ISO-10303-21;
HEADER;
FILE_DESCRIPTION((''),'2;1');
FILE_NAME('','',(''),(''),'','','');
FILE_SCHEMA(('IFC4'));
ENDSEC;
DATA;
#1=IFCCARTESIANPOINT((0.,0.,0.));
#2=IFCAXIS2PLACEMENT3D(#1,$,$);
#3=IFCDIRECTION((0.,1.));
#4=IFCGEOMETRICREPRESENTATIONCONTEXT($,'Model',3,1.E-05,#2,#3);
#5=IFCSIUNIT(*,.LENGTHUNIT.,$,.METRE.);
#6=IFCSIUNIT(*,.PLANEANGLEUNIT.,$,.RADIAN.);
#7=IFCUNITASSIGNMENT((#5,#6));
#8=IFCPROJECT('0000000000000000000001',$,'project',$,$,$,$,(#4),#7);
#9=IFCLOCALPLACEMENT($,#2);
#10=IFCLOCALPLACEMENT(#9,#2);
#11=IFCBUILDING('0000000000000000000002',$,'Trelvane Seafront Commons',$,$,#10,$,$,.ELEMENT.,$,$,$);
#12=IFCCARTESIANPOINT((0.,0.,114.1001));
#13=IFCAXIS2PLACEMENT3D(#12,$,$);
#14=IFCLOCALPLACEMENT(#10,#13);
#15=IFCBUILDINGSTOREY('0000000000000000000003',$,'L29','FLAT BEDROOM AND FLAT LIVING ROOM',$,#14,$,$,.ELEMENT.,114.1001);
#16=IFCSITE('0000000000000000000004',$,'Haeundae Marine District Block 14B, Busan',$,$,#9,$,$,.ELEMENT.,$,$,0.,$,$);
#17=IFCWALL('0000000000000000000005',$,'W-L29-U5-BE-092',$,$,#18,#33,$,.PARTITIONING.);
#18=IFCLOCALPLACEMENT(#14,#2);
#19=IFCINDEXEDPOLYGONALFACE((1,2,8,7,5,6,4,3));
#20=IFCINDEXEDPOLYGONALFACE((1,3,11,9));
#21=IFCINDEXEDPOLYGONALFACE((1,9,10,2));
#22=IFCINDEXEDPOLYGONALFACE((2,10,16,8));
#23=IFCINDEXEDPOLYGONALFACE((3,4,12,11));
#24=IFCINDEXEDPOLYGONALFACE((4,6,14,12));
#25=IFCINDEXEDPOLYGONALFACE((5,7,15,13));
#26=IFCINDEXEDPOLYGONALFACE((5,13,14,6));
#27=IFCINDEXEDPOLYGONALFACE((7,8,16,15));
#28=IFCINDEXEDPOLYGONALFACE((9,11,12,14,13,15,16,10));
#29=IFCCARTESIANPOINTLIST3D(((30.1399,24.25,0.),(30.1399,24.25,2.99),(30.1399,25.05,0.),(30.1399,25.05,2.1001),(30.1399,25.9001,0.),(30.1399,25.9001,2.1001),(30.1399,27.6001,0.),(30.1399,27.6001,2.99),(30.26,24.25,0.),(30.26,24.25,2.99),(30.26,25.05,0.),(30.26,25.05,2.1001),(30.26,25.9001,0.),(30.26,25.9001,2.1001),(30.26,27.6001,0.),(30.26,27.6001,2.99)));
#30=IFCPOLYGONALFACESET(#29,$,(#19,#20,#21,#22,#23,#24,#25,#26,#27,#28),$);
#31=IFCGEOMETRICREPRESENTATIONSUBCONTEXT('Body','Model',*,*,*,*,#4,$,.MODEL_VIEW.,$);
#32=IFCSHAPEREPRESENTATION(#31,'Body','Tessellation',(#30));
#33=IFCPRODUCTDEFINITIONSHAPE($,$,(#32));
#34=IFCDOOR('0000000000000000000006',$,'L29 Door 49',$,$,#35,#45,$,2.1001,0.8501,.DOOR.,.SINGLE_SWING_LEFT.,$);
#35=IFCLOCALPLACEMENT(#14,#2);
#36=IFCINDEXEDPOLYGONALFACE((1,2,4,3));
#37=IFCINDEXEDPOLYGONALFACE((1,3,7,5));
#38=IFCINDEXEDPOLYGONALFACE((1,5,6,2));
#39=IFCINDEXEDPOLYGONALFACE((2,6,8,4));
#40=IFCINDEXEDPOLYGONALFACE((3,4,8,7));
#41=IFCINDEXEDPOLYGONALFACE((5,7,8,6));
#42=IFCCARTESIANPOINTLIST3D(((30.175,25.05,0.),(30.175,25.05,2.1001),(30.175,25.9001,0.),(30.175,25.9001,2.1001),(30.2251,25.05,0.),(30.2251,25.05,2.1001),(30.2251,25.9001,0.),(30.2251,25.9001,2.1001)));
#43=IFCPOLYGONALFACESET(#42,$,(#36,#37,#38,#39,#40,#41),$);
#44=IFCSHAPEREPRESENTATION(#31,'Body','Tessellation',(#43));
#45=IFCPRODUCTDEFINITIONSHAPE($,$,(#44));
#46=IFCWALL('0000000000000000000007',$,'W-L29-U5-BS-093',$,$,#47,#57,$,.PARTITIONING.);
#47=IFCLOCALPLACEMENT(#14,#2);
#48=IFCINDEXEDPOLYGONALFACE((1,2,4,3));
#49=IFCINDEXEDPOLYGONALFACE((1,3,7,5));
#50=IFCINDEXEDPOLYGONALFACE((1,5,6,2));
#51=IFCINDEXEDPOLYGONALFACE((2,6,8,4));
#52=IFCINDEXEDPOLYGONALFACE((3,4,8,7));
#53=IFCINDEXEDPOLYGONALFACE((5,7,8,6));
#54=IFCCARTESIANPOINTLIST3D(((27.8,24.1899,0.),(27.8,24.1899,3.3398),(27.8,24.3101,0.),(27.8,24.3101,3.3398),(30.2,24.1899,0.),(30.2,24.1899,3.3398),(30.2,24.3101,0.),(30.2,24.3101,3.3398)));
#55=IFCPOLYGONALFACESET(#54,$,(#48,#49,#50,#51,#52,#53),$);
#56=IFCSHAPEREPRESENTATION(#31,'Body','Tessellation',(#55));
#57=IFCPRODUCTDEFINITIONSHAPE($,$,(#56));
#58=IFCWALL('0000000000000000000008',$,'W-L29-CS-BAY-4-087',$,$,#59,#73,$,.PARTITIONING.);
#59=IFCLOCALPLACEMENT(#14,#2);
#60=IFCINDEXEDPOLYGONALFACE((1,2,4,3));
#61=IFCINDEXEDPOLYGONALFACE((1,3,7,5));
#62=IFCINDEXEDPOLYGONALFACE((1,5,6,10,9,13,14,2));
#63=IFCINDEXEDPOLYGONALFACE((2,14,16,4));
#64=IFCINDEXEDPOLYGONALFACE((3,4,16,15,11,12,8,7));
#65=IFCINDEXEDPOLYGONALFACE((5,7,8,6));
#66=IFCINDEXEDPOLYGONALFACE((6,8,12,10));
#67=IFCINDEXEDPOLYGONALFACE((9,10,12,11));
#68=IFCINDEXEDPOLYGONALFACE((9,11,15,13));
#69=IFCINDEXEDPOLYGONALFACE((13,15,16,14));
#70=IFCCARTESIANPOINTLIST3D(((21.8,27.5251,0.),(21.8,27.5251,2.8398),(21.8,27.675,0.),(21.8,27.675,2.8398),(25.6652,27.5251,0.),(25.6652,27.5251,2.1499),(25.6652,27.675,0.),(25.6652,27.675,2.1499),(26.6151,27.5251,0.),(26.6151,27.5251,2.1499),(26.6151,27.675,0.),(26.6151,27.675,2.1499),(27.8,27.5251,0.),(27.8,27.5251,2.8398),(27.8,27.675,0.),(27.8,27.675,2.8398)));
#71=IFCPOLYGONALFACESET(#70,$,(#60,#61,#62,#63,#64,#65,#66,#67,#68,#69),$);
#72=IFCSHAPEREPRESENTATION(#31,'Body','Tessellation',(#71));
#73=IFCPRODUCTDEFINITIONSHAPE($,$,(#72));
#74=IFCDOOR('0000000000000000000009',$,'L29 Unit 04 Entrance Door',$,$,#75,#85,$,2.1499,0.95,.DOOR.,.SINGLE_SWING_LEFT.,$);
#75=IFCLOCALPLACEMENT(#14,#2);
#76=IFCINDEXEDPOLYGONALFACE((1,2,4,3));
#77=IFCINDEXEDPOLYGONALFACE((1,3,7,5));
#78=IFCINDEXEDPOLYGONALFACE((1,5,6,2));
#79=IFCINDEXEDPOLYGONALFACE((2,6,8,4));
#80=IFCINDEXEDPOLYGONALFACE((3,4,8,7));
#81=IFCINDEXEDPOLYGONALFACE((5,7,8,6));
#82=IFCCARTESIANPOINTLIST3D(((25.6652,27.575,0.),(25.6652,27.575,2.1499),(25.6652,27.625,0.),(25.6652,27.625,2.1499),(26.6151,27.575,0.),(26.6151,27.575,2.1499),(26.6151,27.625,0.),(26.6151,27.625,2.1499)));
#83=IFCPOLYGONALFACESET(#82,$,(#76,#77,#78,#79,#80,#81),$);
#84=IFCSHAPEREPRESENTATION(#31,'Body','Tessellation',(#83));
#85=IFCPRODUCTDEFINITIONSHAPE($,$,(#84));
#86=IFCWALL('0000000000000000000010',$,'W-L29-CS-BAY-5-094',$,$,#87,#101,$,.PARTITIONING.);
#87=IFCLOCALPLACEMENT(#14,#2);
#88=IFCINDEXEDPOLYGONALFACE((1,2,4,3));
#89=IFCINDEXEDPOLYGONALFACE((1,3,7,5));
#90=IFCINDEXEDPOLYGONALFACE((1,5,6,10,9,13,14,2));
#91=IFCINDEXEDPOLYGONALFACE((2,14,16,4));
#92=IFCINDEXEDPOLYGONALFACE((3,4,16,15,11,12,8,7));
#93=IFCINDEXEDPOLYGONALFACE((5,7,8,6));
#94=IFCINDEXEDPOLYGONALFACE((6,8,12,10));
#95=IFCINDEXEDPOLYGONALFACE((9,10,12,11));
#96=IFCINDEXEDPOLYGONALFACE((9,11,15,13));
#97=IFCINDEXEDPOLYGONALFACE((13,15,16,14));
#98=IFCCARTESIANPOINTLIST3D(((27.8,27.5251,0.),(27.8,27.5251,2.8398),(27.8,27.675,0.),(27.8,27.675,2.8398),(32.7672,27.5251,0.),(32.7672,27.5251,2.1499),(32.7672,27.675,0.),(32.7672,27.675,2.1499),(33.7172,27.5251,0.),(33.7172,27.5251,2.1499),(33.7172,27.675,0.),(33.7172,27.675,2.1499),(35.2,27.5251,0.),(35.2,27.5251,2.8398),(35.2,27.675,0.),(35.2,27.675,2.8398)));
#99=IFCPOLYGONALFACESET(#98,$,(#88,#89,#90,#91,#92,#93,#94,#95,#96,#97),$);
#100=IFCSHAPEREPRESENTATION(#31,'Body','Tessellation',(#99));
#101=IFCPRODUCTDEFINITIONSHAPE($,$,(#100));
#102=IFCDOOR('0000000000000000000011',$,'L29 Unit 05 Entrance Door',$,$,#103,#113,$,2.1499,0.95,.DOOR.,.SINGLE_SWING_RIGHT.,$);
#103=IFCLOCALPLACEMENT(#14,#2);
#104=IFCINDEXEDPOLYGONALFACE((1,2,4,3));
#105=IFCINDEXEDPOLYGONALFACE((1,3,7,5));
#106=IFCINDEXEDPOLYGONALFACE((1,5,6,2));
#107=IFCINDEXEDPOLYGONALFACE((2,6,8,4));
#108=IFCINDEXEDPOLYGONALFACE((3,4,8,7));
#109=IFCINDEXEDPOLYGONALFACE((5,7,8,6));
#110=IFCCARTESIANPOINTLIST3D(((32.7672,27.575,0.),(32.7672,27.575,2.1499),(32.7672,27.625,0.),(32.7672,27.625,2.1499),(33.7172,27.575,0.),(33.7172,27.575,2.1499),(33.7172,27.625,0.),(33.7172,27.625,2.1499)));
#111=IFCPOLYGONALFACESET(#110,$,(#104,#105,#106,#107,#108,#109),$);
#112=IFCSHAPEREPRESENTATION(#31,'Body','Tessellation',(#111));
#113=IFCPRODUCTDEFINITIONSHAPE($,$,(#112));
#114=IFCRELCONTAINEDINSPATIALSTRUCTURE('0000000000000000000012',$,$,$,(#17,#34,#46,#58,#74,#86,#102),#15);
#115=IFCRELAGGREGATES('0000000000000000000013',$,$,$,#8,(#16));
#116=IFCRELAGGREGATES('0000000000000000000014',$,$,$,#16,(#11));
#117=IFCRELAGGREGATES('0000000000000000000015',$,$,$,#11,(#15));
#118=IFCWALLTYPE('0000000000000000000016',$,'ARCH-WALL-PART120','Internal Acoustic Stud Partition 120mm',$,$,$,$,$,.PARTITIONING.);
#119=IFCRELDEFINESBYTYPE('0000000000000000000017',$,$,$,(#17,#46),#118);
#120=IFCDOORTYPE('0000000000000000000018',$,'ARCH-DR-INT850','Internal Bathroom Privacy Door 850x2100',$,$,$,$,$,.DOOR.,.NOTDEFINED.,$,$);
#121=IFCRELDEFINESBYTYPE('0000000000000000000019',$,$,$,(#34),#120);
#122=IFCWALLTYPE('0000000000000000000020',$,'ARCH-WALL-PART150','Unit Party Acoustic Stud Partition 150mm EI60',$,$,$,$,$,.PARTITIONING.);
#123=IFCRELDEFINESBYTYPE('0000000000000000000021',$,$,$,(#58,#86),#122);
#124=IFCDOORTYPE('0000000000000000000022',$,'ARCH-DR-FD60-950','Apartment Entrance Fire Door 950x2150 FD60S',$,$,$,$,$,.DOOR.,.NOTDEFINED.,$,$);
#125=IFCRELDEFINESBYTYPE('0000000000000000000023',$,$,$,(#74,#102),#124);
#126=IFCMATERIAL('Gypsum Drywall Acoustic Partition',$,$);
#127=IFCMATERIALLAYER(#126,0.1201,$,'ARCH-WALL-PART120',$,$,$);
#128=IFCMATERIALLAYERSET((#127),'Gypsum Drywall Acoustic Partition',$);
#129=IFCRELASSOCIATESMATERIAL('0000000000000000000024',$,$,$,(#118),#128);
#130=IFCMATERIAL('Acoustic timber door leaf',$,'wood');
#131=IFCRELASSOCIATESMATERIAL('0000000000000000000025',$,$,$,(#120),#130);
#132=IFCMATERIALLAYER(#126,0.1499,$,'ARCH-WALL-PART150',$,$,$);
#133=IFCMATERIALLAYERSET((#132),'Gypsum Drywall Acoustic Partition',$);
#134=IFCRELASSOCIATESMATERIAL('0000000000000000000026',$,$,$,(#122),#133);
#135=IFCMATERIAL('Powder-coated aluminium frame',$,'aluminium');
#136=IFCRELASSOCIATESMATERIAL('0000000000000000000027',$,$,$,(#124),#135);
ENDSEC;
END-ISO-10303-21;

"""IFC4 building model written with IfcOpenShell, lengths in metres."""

from ifc_helpers import new_model, si_unit, direction, frame, frame_2d, origin, place, context, subcontext, project, spatial, rectangle, extrude, source, transform, mapped, material, layer, layer_set, type_object, element, fill, save


model = new_model("IFC4")

# Units and contexts
model_context = context("Model", 3, precision=1e-05, world=origin(), true_north=direction((0.0, 1.0)))
body_context = subcontext(model_context, "Body", "Model", "MODEL_VIEW")
ifc_project = project(units=[si_unit("LENGTHUNIT", "METRE"), si_unit("PLANEANGLEUNIT", "RADIAN")], contexts=[model_context])

# Site, building, storey
site_placement = place(None, origin())
site = spatial("IfcSite", under=ifc_project, at=site_placement, Name="Haeundae Marine District Block 14B, Busan", CompositionType="ELEMENT", RefElevation=0.0)
building_placement = place(site_placement, origin())
building = spatial("IfcBuilding", under=site, at=building_placement, Name="Trelvane Seafront Commons", CompositionType="ELEMENT")
storey_placement = place(building_placement, frame((0.0, 0.0, 114.1001)))
storey = spatial("IfcBuildingStorey", under=building, at=storey_placement, Name="L29", Description="FLAT BEDROOM AND FLAT LIVING ROOM", CompositionType="ELEMENT", Elevation=114.1001)

# Shared definitions
ifc_material_1 = material(Name="Gypsum Drywall Acoustic Partition")
ifc_layer_1 = layer(ifc_material_1, 0.1201, Name="ARCH-WALL-PART120")
ifc_layer_set_1 = layer_set([ifc_layer_1], Name="Gypsum Drywall Acoustic Partition")
wall_type_1 = type_object("IfcWallType", Name="ARCH-WALL-PART120", Description="Internal Acoustic Stud Partition 120mm", PredefinedType="PARTITIONING", material=ifc_layer_set_1)
ifc_material_2 = material(Name="Acoustic timber door leaf", Category="wood")
shared_shape_1 = source(origin(), body_context, "Body", "SweptSolid", [
    extrude(rectangle(XDim=0.95, YDim=2.1499, at=frame_2d((0.4751, 1.075))), frame((0.0, 0.0249, 0.0), z_axis=(0.0, -1.0, 0.0), x_axis=(1.0, 0.0, 0.0)), (0.0, 0.0, 1.0), 0.05),
])

# Shared definitions
door_type_1 = type_object("IfcDoorType", Name="ARCH-DR-INT850", Description="Internal Bathroom Privacy Door 850x2100", OperationType="NOTDEFINED", PredefinedType="DOOR", material=ifc_material_2)
shared_shape_2 = source(origin(), body_context, "Body", "SweptSolid", [
    extrude(rectangle(XDim=0.8501, YDim=2.1001, at=frame_2d((0.425, 1.05))), frame((0.0, 0.0249, 0.0), z_axis=(0.0, -1.0, 0.0), x_axis=(1.0, 0.0, 0.0)), (0.0, 0.0, 1.0), 0.05),
])

# Wall, opening, door
wall_1_placement = place(storey_placement, frame((30.2, 24.25, 0.0), z_axis=(0.0, 0.0, 1.0), x_axis=(0.0, 1.0, 0.0)))
wall_1 = element("IfcWall", 1, at=wall_1_placement, inside=storey, type_object=wall_type_1, Name="W-L29-U5-BE-092", PredefinedType="PARTITIONING", context=body_context, shape_type="SweptSolid", body=[
    extrude(rectangle(XDim=3.3501, YDim=0.1201, at=frame_2d((1.675, 0.0))), origin(), (0.0, 0.0, 1.0), 2.99),
])
opening_1_placement = place(wall_1_placement, frame((0.8, 0.0, 0.0)))
opening_1 = element("IfcOpeningElement", 2, at=opening_1_placement, cuts=wall_1, PredefinedType="OPENING", context=body_context, shape_type="SweptSolid", body=[
    extrude(rectangle(XDim=0.8501, YDim=2.1001, at=frame_2d((0.425, 1.05))), frame((0.0, 0.0701, 0.0), z_axis=(0.0, -1.0, 0.0), x_axis=(1.0, 0.0, 0.0)), (0.0, 0.0, 1.0), 0.1401),
])
door_1_placement = place(opening_1_placement, origin())
door_1 = element("IfcDoor", 3, at=door_1_placement, inside=storey, type_object=door_type_1, Name="L29 Door 49", OperationType="SINGLE_SWING_LEFT", OverallHeight=2.1001, OverallWidth=0.8501, PredefinedType="DOOR", context=body_context, shape_type="MappedRepresentation", body=[
    mapped(shared_shape_2, transform((0.0, 0.0, 0.0), x_axis=(1.0, 0.0, 0.0), y_axis=(0.0, 1.0, 0.0), z_axis=(0.0, 0.0, 1.0), scale=1.0)),
])
fill(opening_1, door_1)

# Wall
wall_2_placement = place(storey_placement, frame((27.8, 24.25, 0.0), z_axis=(0.0, 0.0, 1.0), x_axis=(1.0, 0.0, 0.0)))
element("IfcWall", 4, at=wall_2_placement, inside=storey, type_object=wall_type_1, Name="W-L29-U5-BS-093", PredefinedType="PARTITIONING", context=body_context, shape_type="SweptSolid", body=[
    extrude(rectangle(XDim=2.3999, YDim=0.1201, at=frame_2d((1.2, 0.0))), origin(), (0.0, 0.0, 1.0), 3.3398),
])

# Walls, openings, doors
ifc_layer_2 = layer(ifc_material_1, 0.1499, Name="ARCH-WALL-PART150")
ifc_layer_set_2 = layer_set([ifc_layer_2], Name="Gypsum Drywall Acoustic Partition")
wall_type_2 = type_object("IfcWallType", Name="ARCH-WALL-PART150", Description="Unit Party Acoustic Stud Partition 150mm EI60", PredefinedType="PARTITIONING", material=ifc_layer_set_2)
wall_3_placement = place(storey_placement, frame((21.8, 27.6001, 0.0), z_axis=(0.0, 0.0, 1.0), x_axis=(1.0, 0.0, 0.0)))
wall_3 = element("IfcWall", 5, at=wall_3_placement, inside=storey, type_object=wall_type_2, Name="W-L29-CS-BAY-4-087", PredefinedType="PARTITIONING", context=body_context, shape_type="SweptSolid", body=[
    extrude(rectangle(XDim=6.0, YDim=0.1499, at=frame_2d((3.0, 0.0))), origin(), (0.0, 0.0, 1.0), 2.8398),
])
opening_2_placement = place(wall_3_placement, frame((3.865, 0.0, 0.0)))
opening_2 = element("IfcOpeningElement", 6, at=opening_2_placement, cuts=wall_3, PredefinedType="OPENING", context=body_context, shape_type="SweptSolid", body=[
    extrude(rectangle(XDim=0.95, YDim=2.1499, at=frame_2d((0.4751, 1.075))), frame((0.0, 0.085, 0.0), z_axis=(0.0, -1.0, 0.0), x_axis=(1.0, 0.0, 0.0)), (0.0, 0.0, 1.0), 0.1699),
])
ifc_material_3 = material(Name="Powder-coated aluminium frame", Category="aluminium")
door_type_2 = type_object("IfcDoorType", Name="ARCH-DR-FD60-950", Description="Apartment Entrance Fire Door 950x2150 FD60S", OperationType="NOTDEFINED", PredefinedType="DOOR", material=ifc_material_3)
door_2_placement = place(opening_2_placement, origin())
door_2 = element("IfcDoor", 7, at=door_2_placement, inside=storey, type_object=door_type_2, Name="L29 Unit 04 Entrance Door", OperationType="SINGLE_SWING_LEFT", OverallHeight=2.1499, OverallWidth=0.95, PredefinedType="DOOR", context=body_context, shape_type="MappedRepresentation", body=[
    mapped(shared_shape_1, transform((0.0, 0.0, 0.0), x_axis=(1.0, 0.0, 0.0), y_axis=(0.0, 1.0, 0.0), z_axis=(0.0, 0.0, 1.0), scale=1.0)),
])
fill(opening_2, door_2)
wall_4_placement = place(storey_placement, frame((27.8, 27.6001, 0.0), z_axis=(0.0, 0.0, 1.0), x_axis=(1.0, 0.0, 0.0)))
wall_4 = element("IfcWall", 8, at=wall_4_placement, inside=storey, type_object=wall_type_2, Name="W-L29-CS-BAY-5-094", PredefinedType="PARTITIONING", context=body_context, shape_type="SweptSolid", body=[
    extrude(rectangle(XDim=7.3999, YDim=0.1499, at=frame_2d((3.7, 0.0))), origin(), (0.0, 0.0, 1.0), 2.8398),
])
opening_3_placement = place(wall_4_placement, frame((4.967, 0.0, 0.0)))
opening_3 = element("IfcOpeningElement", 9, at=opening_3_placement, cuts=wall_4, PredefinedType="OPENING", context=body_context, shape_type="SweptSolid", body=[
    extrude(rectangle(XDim=0.95, YDim=2.1499, at=frame_2d((0.4751, 1.075))), frame((0.0, 0.085, 0.0), z_axis=(0.0, -1.0, 0.0), x_axis=(1.0, 0.0, 0.0)), (0.0, 0.0, 1.0), 0.1699),
])
door_3_placement = place(opening_3_placement, origin())
door_3 = element("IfcDoor", 10, at=door_3_placement, inside=storey, type_object=door_type_2, Name="L29 Unit 05 Entrance Door", OperationType="SINGLE_SWING_RIGHT", OverallHeight=2.1499, OverallWidth=0.95, PredefinedType="DOOR", context=body_context, shape_type="MappedRepresentation", body=[
    mapped(shared_shape_1, transform((0.0, 0.0, 0.0), x_axis=(1.0, 0.0, 0.0), y_axis=(0.0, 1.0, 0.0), z_axis=(0.0, 0.0, 1.0), scale=1.0)),
])
fill(opening_3, door_3)

save(model, "model.ifc")
